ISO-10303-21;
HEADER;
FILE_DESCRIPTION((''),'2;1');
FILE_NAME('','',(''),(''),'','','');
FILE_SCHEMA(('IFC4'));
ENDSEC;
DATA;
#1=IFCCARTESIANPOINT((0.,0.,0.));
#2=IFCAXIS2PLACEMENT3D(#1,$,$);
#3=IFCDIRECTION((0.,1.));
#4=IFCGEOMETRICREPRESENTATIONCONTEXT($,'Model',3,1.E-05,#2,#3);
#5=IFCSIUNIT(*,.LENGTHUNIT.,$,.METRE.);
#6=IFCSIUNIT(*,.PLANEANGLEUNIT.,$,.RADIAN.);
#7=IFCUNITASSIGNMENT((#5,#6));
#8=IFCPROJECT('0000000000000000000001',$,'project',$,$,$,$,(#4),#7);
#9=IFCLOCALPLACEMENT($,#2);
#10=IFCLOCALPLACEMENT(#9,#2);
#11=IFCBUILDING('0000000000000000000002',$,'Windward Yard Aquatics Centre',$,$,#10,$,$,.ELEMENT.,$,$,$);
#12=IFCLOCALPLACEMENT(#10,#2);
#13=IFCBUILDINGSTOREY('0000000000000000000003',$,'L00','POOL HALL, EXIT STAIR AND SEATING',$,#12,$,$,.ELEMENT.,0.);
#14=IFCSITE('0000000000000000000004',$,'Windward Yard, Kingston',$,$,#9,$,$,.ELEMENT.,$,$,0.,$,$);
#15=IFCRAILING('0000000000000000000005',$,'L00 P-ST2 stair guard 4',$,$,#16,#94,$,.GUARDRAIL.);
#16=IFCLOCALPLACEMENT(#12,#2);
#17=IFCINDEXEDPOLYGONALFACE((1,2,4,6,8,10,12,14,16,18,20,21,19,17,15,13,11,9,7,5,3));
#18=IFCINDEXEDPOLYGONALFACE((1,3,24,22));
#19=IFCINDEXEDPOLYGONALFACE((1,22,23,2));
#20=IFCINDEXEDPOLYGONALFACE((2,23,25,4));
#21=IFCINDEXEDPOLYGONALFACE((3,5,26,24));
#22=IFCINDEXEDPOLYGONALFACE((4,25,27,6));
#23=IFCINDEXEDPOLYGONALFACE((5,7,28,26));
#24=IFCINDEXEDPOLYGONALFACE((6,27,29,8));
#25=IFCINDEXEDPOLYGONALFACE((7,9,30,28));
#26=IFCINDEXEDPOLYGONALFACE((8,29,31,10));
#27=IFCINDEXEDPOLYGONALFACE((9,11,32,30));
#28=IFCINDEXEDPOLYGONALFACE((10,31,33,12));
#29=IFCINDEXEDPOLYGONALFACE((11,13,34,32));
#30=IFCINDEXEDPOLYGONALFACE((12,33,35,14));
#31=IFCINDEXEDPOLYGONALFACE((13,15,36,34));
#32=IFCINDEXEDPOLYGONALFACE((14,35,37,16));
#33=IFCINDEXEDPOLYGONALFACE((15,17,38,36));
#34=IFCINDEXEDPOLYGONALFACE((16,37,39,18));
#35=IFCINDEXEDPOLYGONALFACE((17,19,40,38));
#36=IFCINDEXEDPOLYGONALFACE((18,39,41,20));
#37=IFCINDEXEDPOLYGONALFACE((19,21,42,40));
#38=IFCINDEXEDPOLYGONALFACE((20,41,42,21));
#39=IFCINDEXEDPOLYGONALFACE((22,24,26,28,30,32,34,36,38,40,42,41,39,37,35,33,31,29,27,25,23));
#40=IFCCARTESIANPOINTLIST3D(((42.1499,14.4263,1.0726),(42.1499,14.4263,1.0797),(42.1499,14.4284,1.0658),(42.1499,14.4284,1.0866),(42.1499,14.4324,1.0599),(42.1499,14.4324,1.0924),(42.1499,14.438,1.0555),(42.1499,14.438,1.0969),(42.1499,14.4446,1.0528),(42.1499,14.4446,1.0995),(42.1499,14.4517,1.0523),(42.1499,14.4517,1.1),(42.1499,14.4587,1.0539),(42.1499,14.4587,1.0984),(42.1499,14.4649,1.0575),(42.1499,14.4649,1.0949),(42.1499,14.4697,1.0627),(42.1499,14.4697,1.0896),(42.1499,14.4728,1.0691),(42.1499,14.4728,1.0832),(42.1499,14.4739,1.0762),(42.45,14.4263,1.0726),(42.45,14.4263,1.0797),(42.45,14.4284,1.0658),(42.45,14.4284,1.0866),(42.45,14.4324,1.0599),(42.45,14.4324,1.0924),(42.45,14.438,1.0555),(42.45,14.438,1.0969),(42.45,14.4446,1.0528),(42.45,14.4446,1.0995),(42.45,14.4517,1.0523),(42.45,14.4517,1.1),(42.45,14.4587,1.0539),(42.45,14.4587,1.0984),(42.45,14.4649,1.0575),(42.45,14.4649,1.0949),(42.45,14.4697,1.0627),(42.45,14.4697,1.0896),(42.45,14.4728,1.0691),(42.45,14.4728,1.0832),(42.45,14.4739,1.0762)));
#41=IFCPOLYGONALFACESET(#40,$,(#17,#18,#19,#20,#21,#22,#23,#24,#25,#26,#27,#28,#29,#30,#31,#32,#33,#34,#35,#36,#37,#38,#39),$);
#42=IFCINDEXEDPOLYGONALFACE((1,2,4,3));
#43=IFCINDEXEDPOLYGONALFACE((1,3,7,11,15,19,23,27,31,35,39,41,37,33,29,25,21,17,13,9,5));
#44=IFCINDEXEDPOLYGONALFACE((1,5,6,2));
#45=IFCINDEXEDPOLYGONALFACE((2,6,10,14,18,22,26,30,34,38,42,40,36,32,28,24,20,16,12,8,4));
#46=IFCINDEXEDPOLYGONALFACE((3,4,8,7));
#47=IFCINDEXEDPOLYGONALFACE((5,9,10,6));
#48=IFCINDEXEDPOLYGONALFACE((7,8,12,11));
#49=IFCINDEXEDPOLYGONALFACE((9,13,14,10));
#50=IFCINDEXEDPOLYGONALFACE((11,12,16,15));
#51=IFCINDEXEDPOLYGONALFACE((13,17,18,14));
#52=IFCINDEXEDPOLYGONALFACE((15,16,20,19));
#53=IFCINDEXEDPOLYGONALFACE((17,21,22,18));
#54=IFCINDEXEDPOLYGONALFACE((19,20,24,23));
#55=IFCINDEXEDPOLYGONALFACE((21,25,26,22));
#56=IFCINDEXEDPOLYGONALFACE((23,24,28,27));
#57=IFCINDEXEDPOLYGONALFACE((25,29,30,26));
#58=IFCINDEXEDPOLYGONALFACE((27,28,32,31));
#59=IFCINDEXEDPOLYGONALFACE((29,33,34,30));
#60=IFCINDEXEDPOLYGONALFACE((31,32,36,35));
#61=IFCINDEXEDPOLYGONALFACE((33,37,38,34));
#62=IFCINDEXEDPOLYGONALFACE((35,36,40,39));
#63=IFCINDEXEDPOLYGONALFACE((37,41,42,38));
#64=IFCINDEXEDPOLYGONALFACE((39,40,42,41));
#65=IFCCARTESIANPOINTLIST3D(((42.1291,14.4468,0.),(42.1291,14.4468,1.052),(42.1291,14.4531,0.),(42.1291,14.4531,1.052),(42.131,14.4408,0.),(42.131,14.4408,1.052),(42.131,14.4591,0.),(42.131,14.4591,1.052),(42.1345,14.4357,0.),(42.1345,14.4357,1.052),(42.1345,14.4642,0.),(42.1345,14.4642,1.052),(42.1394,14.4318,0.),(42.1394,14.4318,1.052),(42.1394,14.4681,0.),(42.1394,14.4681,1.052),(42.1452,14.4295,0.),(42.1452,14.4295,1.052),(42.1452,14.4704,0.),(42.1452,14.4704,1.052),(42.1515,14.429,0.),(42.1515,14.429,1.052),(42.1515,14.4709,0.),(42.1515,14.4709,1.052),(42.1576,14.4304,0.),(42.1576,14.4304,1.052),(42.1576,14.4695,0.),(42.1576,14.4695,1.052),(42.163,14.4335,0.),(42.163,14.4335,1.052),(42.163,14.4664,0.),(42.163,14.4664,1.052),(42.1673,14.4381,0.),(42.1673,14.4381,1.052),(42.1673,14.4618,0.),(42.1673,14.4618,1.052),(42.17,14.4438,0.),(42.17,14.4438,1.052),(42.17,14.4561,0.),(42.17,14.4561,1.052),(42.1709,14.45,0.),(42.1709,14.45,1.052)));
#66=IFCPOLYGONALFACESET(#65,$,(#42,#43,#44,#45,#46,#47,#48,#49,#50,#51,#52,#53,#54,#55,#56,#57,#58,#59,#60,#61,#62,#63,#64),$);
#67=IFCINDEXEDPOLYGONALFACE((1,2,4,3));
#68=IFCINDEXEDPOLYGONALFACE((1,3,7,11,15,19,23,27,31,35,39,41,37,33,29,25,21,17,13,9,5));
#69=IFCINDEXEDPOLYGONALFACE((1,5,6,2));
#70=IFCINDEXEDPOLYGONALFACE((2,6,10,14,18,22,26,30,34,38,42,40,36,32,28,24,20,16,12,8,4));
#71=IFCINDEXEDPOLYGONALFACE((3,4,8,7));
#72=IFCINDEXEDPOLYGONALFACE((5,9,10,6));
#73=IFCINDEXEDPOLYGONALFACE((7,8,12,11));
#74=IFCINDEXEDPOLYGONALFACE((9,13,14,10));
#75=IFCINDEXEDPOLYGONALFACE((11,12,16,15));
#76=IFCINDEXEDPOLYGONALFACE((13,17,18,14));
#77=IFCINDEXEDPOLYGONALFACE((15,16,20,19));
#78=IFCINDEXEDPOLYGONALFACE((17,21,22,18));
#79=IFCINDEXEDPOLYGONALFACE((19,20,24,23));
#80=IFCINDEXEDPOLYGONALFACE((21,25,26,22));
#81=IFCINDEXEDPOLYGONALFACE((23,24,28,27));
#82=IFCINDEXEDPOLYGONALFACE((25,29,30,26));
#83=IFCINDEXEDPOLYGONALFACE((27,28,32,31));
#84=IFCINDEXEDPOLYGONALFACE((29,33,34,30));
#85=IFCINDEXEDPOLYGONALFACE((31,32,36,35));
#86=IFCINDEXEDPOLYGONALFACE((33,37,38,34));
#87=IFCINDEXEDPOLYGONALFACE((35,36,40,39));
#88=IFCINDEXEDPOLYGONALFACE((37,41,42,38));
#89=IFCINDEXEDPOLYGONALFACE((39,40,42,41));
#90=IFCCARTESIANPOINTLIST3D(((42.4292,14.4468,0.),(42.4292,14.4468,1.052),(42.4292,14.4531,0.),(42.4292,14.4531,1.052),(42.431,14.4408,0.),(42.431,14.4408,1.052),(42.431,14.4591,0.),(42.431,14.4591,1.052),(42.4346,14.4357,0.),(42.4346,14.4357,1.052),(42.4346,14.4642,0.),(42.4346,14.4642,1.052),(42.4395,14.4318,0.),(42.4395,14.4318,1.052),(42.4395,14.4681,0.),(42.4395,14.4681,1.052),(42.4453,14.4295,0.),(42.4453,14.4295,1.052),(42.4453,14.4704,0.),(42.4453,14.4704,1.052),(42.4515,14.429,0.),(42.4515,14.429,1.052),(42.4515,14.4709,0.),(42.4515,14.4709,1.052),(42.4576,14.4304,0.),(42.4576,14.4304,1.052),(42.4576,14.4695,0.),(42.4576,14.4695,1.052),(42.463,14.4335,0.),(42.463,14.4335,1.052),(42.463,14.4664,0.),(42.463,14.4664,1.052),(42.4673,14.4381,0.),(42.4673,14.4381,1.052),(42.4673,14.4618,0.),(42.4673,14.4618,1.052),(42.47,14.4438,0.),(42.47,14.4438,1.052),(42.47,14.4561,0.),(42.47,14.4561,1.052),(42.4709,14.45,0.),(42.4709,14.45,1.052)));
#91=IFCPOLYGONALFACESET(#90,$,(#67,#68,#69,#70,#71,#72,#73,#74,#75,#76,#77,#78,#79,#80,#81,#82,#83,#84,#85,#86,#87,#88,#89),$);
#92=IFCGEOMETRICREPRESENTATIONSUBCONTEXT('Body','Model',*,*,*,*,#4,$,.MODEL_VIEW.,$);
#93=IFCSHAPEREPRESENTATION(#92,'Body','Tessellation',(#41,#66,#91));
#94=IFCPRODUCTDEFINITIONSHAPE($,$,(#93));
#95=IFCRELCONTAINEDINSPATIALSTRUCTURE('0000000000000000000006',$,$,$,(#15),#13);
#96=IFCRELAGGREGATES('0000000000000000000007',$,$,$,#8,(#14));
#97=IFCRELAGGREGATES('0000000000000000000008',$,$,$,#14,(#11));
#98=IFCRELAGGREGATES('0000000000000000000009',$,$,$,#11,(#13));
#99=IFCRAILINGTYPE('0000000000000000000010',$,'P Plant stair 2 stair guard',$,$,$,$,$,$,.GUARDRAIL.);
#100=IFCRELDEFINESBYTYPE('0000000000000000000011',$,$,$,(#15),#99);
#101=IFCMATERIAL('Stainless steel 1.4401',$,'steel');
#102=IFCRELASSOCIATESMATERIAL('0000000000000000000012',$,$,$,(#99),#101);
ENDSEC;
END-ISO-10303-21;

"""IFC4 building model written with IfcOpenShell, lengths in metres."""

from ifc_helpers import new_model, si_unit, direction, frame, origin, origin_2d, place, context, subcontext, project, spatial, circle, extrude, material, type_object, element, save


model = new_model("IFC4")

# Units and contexts
model_context = context("Model", 3, precision=1e-05, world=origin(), true_north=direction((0.0, 1.0)))
body_context = subcontext(model_context, "Body", "Model", "MODEL_VIEW")
ifc_project = project(units=[si_unit("LENGTHUNIT", "METRE"), si_unit("PLANEANGLEUNIT", "RADIAN")], contexts=[model_context])

# Site, building, storey
site_placement = place(None, origin())
site = spatial("IfcSite", under=ifc_project, at=site_placement, Name="Windward Yard, Kingston", CompositionType="ELEMENT", RefElevation=0.0)
building_placement = place(site_placement, origin())
building = spatial("IfcBuilding", under=site, at=building_placement, Name="Windward Yard Aquatics Centre", CompositionType="ELEMENT")
storey_placement = place(building_placement, origin())
storey = spatial("IfcBuildingStorey", under=building, at=storey_placement, Name="L00", Description="POOL HALL, EXIT STAIR AND SEATING", CompositionType="ELEMENT", Elevation=0.0)

# Railing
ifc_material_1 = material(Name="Stainless steel 1.4401", Category="steel")
railing_type_1 = type_object("IfcRailingType", Name="P Plant stair 2 stair guard", PredefinedType="GUARDRAIL", material=ifc_material_1)
railing_1_placement = place(storey_placement, frame((42.1499, 14.45, 0.0)))
element("IfcRailing", 1, at=railing_1_placement, inside=storey, type_object=railing_type_1, Name="L00 P-ST2 stair guard 4", PredefinedType="GUARDRAIL", context=body_context, shape_type="SweptSolid", body=[
    extrude(circle(Radius=0.0239, at=origin_2d()), frame((0.0, 0.0, 1.0762), z_axis=(1.0, 0.0, 0.0), x_axis=(0.0, 1.0, 0.0)), (0.0, 0.0, 1.0), 0.3),
    extrude(circle(Radius=0.021, at=origin_2d()), origin(), (0.0, 0.0, 1.0), 1.052),
    extrude(circle(Radius=0.021, at=origin_2d()), frame((0.3, 0.0, 0.0)), (0.0, 0.0, 1.0), 1.052),
])

save(model, "model.ifc")
